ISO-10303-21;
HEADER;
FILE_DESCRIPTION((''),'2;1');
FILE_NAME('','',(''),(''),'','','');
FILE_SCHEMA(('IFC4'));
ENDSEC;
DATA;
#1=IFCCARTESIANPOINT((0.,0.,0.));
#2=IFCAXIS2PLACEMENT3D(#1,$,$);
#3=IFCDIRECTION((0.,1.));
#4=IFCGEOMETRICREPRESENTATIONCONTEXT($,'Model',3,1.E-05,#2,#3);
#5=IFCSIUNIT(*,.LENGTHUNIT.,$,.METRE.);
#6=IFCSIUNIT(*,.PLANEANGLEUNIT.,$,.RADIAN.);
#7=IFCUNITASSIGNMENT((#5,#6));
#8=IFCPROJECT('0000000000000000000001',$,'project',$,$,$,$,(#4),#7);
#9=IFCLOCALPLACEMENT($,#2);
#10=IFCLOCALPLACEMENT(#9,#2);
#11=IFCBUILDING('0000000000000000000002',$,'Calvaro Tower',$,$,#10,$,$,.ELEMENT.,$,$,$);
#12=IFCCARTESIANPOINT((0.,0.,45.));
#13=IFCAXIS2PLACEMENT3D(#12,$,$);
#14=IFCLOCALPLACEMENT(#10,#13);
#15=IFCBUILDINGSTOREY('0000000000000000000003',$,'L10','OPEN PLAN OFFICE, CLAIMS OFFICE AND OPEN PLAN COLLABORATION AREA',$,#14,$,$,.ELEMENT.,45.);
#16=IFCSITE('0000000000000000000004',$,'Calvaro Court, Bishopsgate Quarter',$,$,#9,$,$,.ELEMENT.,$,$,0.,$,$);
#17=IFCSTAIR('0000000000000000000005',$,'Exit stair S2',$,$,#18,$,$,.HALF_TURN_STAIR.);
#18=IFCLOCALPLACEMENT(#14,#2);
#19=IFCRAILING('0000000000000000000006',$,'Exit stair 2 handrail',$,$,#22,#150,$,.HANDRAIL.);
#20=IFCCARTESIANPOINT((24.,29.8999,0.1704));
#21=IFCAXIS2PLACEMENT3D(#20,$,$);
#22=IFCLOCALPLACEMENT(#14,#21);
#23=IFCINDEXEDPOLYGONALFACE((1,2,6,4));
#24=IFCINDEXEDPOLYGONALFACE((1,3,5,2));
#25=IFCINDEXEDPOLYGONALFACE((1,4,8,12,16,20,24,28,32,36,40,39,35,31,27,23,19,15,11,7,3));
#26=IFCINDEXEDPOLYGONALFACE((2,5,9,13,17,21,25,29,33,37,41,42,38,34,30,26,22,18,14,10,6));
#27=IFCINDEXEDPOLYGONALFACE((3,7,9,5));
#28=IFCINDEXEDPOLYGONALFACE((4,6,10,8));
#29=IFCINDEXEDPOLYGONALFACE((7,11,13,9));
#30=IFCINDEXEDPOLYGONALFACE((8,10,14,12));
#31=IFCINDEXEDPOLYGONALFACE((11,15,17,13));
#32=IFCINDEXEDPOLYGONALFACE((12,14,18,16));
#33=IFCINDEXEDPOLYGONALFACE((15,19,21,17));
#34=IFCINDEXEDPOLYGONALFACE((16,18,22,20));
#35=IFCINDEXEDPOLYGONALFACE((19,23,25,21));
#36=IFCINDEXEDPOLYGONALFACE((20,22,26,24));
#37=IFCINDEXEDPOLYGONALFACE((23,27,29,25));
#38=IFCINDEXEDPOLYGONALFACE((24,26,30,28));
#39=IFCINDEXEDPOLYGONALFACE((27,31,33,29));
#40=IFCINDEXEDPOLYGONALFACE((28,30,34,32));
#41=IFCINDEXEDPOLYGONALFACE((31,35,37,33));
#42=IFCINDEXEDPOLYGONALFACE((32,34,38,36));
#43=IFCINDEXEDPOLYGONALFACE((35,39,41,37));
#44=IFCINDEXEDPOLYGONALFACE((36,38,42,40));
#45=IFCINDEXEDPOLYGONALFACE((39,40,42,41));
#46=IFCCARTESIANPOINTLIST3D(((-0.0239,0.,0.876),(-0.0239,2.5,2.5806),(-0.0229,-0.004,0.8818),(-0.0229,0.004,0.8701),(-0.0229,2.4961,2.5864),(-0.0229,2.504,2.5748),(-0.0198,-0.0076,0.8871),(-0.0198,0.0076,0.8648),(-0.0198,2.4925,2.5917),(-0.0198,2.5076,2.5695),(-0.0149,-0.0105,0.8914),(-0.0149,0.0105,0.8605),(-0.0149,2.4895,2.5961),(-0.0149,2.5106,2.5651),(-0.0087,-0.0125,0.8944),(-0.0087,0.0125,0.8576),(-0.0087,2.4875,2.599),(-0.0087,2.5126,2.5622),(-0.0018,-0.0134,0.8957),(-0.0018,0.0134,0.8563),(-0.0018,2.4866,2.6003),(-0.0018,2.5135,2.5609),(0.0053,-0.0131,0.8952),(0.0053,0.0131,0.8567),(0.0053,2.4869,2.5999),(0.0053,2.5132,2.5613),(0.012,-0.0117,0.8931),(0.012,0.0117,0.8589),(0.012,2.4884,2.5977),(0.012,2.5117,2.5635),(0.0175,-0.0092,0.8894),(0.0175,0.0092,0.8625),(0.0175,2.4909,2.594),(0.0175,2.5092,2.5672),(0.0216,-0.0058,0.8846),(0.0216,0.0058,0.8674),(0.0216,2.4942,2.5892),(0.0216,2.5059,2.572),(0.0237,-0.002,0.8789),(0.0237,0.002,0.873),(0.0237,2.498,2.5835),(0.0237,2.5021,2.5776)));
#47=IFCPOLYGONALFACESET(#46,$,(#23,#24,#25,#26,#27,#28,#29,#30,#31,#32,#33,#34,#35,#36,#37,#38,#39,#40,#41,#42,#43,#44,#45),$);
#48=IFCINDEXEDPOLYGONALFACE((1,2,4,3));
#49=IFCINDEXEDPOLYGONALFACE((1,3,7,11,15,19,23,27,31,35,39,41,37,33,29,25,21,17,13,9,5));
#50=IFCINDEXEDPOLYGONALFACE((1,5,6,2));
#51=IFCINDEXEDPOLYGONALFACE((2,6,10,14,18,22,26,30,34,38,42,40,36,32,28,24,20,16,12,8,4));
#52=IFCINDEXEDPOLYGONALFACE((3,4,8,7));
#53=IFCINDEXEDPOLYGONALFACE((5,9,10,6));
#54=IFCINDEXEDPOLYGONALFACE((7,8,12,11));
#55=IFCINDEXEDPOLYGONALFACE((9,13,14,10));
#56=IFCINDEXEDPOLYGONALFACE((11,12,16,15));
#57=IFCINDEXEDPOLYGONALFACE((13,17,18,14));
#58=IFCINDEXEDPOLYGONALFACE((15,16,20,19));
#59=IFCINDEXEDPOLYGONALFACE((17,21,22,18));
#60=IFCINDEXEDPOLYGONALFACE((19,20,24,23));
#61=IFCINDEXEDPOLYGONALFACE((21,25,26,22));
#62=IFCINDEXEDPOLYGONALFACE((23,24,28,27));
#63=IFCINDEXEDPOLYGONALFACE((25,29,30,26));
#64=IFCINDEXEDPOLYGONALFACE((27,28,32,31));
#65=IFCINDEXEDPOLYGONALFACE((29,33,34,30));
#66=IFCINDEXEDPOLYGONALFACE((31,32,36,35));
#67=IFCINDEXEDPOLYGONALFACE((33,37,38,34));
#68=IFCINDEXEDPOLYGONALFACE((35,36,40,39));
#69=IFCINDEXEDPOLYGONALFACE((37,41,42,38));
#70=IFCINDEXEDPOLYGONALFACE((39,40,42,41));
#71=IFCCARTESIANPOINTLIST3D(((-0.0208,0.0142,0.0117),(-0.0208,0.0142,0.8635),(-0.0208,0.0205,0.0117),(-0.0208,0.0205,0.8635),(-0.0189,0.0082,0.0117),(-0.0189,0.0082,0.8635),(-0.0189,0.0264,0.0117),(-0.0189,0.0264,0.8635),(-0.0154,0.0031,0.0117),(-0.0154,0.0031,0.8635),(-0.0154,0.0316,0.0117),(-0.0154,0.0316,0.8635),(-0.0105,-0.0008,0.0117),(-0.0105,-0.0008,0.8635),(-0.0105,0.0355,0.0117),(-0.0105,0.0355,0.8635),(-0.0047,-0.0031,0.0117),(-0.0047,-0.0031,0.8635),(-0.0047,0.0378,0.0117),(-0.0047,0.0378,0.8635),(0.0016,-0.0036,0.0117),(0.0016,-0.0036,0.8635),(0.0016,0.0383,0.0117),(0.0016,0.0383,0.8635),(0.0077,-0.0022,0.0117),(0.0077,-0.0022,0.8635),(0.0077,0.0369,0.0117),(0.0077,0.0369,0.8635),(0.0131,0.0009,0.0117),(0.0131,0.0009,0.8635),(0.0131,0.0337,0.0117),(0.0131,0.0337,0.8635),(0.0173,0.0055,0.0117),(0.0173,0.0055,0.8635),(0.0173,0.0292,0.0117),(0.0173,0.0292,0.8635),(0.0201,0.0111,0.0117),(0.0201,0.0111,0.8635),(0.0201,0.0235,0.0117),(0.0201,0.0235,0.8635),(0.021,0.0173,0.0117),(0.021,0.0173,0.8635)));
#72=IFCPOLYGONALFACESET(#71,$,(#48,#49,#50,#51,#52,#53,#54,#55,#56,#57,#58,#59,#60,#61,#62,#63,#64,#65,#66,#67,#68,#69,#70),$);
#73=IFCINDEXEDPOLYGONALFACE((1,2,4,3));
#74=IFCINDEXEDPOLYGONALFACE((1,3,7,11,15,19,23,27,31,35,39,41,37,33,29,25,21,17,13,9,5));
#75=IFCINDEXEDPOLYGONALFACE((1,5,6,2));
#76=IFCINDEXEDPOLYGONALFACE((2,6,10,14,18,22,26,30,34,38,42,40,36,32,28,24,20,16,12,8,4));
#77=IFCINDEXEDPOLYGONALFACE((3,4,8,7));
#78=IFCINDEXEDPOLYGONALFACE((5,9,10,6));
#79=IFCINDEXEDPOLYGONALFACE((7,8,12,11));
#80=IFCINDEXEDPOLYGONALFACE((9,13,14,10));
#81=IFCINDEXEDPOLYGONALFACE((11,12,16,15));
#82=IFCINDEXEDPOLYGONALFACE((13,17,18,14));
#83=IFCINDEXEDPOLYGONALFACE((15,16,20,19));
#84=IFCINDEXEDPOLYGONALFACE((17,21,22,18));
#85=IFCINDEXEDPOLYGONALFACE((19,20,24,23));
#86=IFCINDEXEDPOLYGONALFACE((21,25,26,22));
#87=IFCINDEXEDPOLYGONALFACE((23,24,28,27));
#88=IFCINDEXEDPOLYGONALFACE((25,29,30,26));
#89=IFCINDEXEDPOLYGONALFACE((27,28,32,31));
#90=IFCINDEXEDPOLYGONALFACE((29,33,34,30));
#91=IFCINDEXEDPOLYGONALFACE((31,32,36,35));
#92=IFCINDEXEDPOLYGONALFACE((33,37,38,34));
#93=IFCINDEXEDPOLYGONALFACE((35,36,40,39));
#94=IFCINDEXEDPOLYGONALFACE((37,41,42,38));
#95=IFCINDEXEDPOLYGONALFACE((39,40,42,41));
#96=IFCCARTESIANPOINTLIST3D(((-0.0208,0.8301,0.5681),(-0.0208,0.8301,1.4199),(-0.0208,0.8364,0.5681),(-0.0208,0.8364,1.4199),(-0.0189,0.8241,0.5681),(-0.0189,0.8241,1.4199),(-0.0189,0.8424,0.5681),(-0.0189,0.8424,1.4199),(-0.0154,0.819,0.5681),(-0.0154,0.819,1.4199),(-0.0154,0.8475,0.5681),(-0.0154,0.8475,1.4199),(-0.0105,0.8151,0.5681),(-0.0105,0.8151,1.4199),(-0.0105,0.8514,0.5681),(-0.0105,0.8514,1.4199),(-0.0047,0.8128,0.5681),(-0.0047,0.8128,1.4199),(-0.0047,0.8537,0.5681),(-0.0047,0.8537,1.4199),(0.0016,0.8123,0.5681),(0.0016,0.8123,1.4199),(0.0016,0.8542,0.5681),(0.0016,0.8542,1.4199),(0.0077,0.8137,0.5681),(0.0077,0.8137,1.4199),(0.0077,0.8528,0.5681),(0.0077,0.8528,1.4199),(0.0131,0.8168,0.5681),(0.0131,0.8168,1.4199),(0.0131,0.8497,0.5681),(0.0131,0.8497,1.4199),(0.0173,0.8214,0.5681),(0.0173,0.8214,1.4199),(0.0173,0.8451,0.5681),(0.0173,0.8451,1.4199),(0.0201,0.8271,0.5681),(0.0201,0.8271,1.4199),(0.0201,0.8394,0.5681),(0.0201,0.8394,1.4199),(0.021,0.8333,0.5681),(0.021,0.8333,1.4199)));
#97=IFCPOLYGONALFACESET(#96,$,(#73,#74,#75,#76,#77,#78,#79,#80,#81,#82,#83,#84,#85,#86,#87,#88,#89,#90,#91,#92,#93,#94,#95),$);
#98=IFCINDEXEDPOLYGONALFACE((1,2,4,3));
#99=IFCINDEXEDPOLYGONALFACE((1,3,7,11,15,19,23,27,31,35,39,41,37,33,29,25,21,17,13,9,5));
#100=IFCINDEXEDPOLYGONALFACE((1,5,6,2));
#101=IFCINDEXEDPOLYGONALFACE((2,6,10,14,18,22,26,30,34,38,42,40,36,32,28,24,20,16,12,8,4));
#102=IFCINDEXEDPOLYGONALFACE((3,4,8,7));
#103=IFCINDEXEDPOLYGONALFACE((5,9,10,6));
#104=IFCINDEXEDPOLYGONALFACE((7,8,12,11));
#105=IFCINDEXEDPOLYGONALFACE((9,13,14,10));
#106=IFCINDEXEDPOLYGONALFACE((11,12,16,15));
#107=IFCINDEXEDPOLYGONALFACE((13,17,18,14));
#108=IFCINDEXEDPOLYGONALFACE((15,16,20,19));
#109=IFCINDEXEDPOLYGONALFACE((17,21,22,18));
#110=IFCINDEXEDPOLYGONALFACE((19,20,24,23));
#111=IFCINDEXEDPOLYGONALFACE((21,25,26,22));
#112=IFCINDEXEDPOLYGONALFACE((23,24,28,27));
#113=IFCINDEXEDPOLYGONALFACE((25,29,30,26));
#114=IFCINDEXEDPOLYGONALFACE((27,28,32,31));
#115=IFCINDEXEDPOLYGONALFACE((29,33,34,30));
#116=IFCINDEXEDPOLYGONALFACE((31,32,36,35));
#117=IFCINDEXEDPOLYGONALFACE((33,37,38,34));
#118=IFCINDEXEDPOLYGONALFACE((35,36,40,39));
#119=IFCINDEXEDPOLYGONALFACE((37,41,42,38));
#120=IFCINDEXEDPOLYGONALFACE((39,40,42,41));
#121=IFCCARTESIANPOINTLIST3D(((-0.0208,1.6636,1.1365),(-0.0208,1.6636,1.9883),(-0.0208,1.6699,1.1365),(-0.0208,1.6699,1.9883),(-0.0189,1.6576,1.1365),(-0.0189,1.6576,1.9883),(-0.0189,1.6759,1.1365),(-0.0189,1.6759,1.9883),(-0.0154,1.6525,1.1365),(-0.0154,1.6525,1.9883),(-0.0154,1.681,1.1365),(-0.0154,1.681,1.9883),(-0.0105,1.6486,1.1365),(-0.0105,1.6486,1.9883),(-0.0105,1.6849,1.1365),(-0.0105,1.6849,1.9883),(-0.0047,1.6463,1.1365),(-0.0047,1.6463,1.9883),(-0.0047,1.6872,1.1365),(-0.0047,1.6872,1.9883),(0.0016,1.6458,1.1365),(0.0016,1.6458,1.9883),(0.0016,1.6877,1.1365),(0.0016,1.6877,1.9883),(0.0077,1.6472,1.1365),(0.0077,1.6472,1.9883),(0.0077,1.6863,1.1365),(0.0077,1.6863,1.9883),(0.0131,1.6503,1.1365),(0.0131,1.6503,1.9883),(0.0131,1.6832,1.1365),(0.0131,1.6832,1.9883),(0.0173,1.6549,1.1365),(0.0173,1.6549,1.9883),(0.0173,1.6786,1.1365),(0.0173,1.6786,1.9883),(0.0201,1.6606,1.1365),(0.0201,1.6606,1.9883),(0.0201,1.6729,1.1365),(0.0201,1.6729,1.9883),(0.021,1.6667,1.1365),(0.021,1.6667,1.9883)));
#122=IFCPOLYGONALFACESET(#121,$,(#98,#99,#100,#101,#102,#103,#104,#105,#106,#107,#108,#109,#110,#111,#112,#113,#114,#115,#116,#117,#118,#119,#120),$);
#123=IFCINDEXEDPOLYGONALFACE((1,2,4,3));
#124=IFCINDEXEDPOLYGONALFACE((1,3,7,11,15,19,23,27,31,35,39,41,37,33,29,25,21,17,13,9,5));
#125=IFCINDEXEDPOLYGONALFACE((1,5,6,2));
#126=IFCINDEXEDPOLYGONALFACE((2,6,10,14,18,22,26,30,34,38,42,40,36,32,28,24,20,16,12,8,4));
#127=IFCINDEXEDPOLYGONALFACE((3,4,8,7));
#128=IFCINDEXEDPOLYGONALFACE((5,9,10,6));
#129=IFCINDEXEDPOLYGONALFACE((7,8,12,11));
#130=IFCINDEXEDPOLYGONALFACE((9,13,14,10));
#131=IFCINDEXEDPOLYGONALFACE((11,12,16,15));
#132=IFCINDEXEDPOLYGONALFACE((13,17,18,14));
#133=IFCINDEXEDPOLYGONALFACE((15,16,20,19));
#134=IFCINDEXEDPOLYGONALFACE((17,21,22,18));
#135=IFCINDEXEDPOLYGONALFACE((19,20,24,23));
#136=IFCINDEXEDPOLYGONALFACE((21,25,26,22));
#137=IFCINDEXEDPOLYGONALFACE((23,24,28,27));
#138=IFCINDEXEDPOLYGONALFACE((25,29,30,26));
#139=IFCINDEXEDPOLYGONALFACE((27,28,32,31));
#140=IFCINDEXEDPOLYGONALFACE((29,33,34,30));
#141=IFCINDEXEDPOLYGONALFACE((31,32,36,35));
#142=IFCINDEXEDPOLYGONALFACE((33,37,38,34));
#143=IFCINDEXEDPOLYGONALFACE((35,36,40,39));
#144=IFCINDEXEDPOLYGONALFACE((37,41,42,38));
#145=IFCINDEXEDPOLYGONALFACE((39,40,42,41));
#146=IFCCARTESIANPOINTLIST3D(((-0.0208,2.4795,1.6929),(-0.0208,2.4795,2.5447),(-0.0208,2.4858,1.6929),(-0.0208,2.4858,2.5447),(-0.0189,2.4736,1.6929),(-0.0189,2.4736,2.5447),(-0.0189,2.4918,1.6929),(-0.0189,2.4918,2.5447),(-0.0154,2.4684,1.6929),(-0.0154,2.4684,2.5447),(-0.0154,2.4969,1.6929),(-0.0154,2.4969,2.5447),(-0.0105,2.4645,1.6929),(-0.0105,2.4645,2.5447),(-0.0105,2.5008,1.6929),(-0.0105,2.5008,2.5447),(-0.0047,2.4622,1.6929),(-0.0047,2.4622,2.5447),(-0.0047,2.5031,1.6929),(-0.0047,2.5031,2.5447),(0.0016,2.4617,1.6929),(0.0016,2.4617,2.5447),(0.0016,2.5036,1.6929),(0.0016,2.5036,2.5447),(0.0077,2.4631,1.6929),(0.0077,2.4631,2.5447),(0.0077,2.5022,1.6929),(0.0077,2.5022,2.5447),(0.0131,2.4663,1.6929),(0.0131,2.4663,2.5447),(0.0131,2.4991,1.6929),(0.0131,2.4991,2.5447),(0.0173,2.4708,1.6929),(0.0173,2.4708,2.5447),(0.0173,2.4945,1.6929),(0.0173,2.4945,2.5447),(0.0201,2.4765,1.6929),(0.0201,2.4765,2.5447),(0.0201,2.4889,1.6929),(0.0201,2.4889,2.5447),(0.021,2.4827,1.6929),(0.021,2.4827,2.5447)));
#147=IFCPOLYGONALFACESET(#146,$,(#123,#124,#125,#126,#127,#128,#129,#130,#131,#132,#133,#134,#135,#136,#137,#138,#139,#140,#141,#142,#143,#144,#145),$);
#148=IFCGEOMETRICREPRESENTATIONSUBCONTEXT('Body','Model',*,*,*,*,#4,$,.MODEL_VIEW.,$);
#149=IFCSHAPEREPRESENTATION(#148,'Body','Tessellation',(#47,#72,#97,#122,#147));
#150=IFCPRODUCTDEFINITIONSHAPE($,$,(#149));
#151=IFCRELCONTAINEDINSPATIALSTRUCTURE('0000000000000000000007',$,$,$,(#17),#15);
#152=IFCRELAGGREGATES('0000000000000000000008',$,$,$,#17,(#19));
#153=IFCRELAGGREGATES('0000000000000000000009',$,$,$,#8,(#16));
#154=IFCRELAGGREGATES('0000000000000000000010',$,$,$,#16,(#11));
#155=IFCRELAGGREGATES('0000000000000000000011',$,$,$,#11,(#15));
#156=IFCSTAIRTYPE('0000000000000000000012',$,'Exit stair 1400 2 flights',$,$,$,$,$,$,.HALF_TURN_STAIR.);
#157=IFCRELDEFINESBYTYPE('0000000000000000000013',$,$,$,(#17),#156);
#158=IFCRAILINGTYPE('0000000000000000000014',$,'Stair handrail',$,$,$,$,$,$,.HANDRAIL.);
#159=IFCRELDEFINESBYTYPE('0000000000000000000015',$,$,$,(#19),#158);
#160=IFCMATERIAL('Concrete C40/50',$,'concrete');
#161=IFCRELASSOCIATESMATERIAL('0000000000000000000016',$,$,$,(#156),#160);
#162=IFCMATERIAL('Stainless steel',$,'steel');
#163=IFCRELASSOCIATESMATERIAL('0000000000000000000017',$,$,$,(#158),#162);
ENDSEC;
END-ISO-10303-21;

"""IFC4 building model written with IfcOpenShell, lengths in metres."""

from ifc_helpers import new_model, si_unit, direction, frame, origin, origin_2d, place, context, subcontext, project, spatial, circle, extrude, material, type_object, element, aggregate, save


model = new_model("IFC4")

# Units and contexts
model_context = context("Model", 3, precision=1e-05, world=origin(), true_north=direction((0.0, 1.0)))
body_context = subcontext(model_context, "Body", "Model", "MODEL_VIEW")
ifc_project = project(units=[si_unit("LENGTHUNIT", "METRE"), si_unit("PLANEANGLEUNIT", "RADIAN")], contexts=[model_context])

# Site, building, storey
site_placement = place(None, origin())
site = spatial("IfcSite", under=ifc_project, at=site_placement, Name="Calvaro Court, Bishopsgate Quarter", CompositionType="ELEMENT", RefElevation=0.0)
building_placement = place(site_placement, origin())
building = spatial("IfcBuilding", under=site, at=building_placement, Name="Calvaro Tower", CompositionType="ELEMENT")
storey_placement = place(building_placement, frame((0.0, 0.0, 45.0)))
storey = spatial("IfcBuildingStorey", under=building, at=storey_placement, Name="L10", Description="OPEN PLAN OFFICE, CLAIMS OFFICE AND OPEN PLAN COLLABORATION AREA", CompositionType="ELEMENT", Elevation=45.0)

# Stair, railing
ifc_material_1 = material(Name="Concrete C40/50", Category="concrete")
stair_type = type_object("IfcStairType", Name="Exit stair 1400 2 flights", PredefinedType="HALF_TURN_STAIR", material=ifc_material_1)
stair_placement = place(storey_placement, origin())
stair = element("IfcStair", 1, at=stair_placement, inside=storey, type_object=stair_type, Name="Exit stair S2", PredefinedType="HALF_TURN_STAIR")
ifc_material_2 = material(Name="Stainless steel", Category="steel")
railing_type = type_object("IfcRailingType", Name="Stair handrail", PredefinedType="HANDRAIL", material=ifc_material_2)
railing_placement = place(storey_placement, frame((24.0, 29.8999, 0.1704)))
railing = element("IfcRailing", 2, at=railing_placement, type_object=railing_type, Name="Exit stair 2 handrail", PredefinedType="HANDRAIL", context=body_context, shape_type="SweptSolid", body=[
    extrude(circle(Radius=0.0239, at=origin_2d()), frame((0.0, 0.0, 0.876), z_axis=(0.0, 0.826221, 0.563347), x_axis=(-1.0, 0.0, 0.0)), (0.0, 0.0, 1.0), 3.0259),
    extrude(circle(Radius=0.021, at=origin_2d()), frame((0.0, 0.0173, 0.0117)), (0.0, 0.0, 1.0), 0.8518),
    extrude(circle(Radius=0.021, at=origin_2d()), frame((0.0, 0.8333, 0.5681)), (0.0, 0.0, 1.0), 0.8518),
    extrude(circle(Radius=0.021, at=origin_2d()), frame((0.0, 1.6667, 1.1365)), (0.0, 0.0, 1.0), 0.8518),
    extrude(circle(Radius=0.021, at=origin_2d()), frame((0.0, 2.4827, 1.6929)), (0.0, 0.0, 1.0), 0.8518),
])
aggregate(stair, [railing])

save(model, "model.ifc")
